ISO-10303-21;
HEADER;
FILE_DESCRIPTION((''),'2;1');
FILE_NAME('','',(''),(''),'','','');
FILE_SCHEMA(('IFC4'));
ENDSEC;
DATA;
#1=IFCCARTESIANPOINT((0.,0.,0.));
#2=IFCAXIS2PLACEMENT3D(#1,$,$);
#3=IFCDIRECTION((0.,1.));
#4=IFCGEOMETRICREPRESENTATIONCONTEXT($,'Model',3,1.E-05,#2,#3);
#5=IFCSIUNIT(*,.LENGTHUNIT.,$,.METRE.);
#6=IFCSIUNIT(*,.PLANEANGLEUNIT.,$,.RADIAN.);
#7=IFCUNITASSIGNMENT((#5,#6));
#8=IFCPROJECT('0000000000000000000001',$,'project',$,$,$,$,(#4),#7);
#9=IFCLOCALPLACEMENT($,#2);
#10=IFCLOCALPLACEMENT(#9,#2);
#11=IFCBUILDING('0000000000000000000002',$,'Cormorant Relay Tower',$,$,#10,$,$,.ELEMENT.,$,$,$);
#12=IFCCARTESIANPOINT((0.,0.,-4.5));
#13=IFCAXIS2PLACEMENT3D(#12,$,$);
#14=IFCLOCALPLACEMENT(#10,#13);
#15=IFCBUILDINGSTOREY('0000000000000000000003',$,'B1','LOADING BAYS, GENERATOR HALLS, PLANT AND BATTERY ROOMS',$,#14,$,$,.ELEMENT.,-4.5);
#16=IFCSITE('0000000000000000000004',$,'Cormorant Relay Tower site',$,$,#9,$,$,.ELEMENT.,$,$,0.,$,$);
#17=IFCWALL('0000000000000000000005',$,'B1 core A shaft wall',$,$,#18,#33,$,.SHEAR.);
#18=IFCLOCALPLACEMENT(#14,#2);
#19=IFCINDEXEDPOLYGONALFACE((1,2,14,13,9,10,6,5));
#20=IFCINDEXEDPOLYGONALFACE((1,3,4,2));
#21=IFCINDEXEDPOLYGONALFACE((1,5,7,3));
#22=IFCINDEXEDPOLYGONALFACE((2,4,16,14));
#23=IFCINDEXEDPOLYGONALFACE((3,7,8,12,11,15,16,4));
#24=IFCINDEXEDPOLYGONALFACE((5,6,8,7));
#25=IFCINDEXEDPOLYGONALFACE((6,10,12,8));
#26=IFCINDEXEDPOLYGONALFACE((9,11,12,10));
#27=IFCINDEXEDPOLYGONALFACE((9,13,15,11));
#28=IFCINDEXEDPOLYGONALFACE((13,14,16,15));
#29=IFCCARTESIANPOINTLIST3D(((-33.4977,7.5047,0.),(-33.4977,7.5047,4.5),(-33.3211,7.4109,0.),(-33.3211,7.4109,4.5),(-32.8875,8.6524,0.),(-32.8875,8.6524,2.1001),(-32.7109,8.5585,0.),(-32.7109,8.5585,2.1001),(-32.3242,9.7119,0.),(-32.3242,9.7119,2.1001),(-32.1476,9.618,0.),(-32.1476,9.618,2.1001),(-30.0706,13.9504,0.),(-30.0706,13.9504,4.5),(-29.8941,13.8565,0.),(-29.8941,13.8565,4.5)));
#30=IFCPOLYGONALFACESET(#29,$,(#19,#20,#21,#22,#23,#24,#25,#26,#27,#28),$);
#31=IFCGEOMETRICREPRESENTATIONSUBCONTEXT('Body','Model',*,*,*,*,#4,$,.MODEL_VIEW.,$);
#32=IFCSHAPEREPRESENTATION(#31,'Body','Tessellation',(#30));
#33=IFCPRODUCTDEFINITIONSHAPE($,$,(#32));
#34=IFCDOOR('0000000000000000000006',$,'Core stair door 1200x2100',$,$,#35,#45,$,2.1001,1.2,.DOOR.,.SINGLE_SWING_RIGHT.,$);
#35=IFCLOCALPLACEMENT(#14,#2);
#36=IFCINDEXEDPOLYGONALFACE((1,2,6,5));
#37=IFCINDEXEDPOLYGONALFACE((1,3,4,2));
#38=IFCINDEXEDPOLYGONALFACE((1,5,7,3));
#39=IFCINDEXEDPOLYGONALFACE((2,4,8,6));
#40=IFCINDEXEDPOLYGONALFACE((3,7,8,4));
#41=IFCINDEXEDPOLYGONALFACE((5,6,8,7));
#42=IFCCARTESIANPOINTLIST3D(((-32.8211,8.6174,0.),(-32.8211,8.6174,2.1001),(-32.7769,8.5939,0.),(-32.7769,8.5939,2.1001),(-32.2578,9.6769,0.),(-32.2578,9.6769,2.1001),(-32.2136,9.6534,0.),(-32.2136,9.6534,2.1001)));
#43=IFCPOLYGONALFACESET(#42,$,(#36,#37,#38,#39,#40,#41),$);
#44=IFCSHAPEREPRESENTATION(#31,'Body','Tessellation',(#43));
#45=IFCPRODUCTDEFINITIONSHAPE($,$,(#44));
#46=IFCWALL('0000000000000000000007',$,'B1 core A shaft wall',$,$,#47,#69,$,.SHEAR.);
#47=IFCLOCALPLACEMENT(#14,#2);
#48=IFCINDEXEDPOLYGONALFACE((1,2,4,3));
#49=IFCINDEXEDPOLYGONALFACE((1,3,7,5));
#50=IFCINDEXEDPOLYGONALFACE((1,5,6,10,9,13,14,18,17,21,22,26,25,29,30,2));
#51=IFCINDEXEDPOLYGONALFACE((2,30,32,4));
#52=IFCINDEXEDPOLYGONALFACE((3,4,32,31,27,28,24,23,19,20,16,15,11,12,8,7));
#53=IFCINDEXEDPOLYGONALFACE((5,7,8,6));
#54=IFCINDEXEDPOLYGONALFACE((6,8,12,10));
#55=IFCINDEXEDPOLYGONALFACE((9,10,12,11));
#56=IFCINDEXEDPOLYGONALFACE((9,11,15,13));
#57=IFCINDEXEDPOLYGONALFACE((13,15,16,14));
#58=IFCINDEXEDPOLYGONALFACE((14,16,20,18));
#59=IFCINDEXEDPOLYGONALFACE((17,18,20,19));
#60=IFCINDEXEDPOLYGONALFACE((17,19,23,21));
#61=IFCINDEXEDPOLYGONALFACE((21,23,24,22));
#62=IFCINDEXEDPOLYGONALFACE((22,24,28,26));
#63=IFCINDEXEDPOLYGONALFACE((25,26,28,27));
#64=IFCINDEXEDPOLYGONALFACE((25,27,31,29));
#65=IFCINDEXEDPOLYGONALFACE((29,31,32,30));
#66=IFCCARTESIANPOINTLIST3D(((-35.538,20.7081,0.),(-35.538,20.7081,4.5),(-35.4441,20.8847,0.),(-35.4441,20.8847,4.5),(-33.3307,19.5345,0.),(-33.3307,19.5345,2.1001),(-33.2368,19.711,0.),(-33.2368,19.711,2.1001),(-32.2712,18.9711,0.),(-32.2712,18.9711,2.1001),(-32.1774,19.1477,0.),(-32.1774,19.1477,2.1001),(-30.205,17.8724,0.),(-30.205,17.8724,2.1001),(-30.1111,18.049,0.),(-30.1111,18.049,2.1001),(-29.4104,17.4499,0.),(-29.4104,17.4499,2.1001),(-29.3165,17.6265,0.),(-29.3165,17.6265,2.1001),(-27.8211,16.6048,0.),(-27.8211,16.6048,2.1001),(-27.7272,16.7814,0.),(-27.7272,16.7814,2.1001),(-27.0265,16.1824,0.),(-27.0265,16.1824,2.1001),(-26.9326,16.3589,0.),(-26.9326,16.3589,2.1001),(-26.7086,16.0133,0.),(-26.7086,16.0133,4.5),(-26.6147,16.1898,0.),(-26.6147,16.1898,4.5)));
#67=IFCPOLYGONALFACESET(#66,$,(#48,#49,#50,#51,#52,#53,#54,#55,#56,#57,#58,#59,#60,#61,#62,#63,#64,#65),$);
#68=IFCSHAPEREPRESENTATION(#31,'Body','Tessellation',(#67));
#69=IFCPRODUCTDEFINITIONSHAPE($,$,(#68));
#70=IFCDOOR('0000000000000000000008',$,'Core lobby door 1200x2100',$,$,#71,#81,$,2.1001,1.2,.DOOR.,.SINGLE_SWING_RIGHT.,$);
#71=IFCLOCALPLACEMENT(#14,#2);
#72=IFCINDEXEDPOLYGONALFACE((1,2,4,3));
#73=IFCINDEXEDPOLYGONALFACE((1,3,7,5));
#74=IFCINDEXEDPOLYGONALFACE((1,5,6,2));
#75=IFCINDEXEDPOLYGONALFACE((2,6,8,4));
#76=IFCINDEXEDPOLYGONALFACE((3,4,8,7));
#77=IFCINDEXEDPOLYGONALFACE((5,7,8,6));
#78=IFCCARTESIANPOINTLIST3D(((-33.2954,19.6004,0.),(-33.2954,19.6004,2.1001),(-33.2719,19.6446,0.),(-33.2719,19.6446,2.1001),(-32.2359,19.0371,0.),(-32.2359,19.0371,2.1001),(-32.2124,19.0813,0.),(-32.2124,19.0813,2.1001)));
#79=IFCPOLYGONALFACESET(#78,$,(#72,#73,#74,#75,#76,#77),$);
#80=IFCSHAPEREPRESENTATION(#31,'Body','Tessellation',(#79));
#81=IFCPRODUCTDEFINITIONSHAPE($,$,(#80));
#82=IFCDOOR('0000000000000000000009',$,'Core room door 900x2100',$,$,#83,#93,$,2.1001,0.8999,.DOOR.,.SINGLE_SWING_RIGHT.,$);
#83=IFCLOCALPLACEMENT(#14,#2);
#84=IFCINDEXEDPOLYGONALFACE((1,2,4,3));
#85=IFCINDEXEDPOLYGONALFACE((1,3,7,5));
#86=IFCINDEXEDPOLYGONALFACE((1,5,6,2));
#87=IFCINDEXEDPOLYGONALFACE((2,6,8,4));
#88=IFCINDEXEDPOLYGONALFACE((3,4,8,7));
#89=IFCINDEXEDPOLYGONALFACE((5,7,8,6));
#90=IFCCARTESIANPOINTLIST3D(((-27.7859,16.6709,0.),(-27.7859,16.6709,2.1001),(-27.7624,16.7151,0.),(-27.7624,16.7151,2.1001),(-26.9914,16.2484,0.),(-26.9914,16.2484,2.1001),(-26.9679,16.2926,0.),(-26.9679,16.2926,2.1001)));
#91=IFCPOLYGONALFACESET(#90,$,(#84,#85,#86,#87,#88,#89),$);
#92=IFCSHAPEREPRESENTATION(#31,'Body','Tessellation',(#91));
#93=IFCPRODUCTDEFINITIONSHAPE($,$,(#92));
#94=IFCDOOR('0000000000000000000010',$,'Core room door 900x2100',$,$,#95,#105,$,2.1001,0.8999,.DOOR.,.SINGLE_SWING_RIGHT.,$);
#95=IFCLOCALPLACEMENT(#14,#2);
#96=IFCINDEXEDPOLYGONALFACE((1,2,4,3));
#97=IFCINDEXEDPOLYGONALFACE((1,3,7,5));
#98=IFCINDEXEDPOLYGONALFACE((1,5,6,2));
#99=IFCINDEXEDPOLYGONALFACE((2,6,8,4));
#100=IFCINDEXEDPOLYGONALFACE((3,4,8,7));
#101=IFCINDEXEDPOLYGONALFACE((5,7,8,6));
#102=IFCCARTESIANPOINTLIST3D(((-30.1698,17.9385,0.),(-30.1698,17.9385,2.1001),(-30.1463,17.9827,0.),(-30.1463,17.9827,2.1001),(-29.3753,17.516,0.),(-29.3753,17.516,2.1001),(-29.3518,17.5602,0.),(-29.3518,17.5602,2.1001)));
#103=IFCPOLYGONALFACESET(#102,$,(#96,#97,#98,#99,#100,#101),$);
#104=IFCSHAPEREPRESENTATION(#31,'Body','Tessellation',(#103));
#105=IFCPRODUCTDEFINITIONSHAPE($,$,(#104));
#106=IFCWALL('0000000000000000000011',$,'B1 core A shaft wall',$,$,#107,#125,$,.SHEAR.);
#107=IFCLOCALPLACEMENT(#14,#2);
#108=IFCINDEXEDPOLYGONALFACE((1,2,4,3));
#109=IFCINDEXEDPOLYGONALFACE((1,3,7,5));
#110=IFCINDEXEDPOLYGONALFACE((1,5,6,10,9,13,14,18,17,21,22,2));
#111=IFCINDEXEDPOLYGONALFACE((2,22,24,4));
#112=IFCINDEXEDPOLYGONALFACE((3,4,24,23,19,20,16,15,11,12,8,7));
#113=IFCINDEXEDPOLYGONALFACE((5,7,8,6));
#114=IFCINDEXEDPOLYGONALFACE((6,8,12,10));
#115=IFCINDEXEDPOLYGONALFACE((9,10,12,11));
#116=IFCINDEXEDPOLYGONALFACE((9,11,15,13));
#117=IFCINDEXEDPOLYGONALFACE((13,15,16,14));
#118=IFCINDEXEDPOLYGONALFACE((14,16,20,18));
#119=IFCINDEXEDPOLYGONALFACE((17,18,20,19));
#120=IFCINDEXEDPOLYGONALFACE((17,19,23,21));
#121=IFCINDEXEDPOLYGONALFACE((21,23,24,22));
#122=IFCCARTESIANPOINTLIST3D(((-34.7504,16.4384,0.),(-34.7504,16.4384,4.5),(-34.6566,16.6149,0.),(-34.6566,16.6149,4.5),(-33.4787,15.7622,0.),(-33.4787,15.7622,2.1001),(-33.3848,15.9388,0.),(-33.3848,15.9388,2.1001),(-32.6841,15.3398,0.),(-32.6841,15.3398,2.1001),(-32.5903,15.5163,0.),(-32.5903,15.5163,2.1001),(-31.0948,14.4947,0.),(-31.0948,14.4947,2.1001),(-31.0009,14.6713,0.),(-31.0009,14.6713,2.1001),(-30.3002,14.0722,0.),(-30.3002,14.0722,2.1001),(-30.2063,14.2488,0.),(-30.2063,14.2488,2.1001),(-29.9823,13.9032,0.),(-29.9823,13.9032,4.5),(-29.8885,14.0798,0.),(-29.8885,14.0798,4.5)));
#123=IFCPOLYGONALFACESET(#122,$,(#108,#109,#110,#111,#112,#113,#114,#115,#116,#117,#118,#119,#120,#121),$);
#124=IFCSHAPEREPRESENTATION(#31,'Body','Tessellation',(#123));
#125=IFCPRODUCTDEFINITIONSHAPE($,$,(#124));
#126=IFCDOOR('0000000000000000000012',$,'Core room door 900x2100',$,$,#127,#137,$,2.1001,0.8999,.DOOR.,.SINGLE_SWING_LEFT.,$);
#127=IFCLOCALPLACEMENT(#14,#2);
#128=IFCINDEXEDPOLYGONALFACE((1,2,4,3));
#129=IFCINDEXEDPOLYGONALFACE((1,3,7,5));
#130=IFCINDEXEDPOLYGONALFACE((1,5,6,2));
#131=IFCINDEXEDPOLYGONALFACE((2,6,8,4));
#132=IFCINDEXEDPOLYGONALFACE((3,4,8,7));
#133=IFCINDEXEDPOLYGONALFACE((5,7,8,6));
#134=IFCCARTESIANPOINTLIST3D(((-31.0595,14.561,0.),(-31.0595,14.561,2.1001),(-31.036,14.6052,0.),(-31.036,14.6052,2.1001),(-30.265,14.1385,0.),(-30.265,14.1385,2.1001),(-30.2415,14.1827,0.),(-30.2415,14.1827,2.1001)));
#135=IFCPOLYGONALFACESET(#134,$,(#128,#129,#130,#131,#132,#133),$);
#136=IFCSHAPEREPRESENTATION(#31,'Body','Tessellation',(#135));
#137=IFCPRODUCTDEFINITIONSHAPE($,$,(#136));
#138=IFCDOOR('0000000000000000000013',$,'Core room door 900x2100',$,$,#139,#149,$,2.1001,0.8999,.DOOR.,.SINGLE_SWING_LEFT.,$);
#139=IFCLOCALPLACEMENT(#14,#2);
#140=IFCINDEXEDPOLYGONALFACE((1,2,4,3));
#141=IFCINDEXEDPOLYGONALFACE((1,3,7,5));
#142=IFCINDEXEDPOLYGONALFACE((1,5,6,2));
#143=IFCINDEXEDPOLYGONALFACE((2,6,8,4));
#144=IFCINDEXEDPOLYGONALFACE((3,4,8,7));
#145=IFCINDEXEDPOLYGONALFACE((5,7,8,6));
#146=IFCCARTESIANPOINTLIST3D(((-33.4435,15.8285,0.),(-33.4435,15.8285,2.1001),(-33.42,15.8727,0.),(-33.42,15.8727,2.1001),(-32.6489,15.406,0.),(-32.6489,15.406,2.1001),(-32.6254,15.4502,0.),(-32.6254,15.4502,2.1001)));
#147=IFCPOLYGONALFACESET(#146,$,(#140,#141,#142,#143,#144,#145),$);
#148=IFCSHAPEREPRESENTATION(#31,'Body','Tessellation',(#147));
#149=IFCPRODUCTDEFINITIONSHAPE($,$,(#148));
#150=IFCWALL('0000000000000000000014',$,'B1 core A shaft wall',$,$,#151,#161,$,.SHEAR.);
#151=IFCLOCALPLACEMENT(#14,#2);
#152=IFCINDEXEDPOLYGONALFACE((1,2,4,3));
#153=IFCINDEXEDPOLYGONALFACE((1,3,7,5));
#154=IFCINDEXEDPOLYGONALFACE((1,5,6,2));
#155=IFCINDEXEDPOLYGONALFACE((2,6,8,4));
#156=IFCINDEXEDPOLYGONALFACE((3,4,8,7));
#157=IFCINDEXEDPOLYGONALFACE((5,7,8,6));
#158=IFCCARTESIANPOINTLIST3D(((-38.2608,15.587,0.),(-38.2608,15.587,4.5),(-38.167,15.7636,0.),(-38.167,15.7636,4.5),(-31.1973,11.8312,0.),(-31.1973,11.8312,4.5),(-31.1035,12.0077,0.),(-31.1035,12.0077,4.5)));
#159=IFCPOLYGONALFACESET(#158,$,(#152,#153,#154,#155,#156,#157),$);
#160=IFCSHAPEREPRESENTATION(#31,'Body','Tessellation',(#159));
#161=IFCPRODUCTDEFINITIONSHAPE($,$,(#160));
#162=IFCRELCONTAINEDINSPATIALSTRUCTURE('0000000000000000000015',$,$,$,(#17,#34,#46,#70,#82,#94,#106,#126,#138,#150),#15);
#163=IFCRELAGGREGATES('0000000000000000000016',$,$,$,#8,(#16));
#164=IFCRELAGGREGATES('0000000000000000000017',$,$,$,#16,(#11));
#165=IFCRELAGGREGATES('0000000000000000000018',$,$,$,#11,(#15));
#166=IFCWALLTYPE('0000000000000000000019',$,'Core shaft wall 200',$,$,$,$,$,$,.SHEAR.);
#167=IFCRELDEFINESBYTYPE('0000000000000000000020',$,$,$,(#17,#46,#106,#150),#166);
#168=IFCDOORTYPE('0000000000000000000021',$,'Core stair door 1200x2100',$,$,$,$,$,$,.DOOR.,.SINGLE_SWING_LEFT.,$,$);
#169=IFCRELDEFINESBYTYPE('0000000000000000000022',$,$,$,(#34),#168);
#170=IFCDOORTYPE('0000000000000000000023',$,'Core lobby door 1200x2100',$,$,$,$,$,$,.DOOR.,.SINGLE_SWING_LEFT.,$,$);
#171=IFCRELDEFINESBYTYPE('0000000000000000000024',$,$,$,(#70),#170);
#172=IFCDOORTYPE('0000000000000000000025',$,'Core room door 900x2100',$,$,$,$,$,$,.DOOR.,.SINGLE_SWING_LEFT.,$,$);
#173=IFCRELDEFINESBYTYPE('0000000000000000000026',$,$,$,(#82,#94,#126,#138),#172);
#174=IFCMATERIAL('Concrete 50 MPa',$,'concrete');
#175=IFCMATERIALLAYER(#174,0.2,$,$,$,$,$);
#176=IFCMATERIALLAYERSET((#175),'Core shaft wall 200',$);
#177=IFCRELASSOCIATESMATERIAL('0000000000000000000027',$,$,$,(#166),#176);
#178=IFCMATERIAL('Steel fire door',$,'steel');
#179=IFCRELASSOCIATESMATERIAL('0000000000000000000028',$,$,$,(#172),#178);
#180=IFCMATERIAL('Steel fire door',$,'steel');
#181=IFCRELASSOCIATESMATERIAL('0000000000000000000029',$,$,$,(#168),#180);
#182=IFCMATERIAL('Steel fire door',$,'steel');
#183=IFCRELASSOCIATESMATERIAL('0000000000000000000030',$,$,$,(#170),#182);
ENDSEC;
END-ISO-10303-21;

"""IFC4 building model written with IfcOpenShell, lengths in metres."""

from ifc_helpers import new_model, si_unit, direction, frame, frame_2d, origin, place, context, subcontext, project, spatial, rectangle, extrude, material, layer, layer_set, type_object, element, fill, save


model = new_model("IFC4")

# Units and contexts
model_context = context("Model", 3, precision=1e-05, world=origin(), true_north=direction((0.0, 1.0)))
body_context = subcontext(model_context, "Body", "Model", "MODEL_VIEW")
ifc_project = project(units=[si_unit("LENGTHUNIT", "METRE"), si_unit("PLANEANGLEUNIT", "RADIAN")], contexts=[model_context])

# Site, building, storey
site_placement = place(None, origin())
site = spatial("IfcSite", under=ifc_project, at=site_placement, Name="Cormorant Relay Tower site", CompositionType="ELEMENT", RefElevation=0.0)
building_placement = place(site_placement, origin())
building = spatial("IfcBuilding", under=site, at=building_placement, Name="Cormorant Relay Tower", CompositionType="ELEMENT")
storey_placement = place(building_placement, frame((0.0, 0.0, -4.5)))
storey = spatial("IfcBuildingStorey", under=building, at=storey_placement, Name="B1", Description="LOADING BAYS, GENERATOR HALLS, PLANT AND BATTERY ROOMS", CompositionType="ELEMENT", Elevation=-4.5)

# Shared definitions
ifc_material_1 = material(Name="Concrete 50 MPa", Category="concrete")
ifc_layer_1 = layer(ifc_material_1, 0.2)
ifc_layer_set_1 = layer_set([ifc_layer_1], Name="Core shaft wall 200")
wall_type_1 = type_object("IfcWallType", Name="Core shaft wall 200", PredefinedType="SHEAR", material=ifc_layer_set_1)
ifc_material_2 = material(Name="Steel fire door", Category="steel")
door_type_1 = type_object("IfcDoorType", Name="Core room door 900x2100", OperationType="SINGLE_SWING_LEFT", PredefinedType="DOOR", material=ifc_material_2)

# Wall, opening, door
wall_1_placement = place(storey_placement, frame((-29.9824, 13.9033, 0.0), z_axis=(0.0, 0.0, 1.0), x_axis=(-0.469454, -0.882957, 0.0)))
wall_1 = element("IfcWall", 1, at=wall_1_placement, inside=storey, type_object=wall_type_1, Name="B1 core A shaft wall", PredefinedType="SHEAR", context=body_context, shape_type="SweptSolid", body=[
    extrude(rectangle(XDim=7.3, YDim=0.2, at=frame_2d((3.6499, 0.0))), origin(), (0.0, 0.0, 1.0), 4.5),
])
opening_1_placement = place(wall_1_placement, frame((4.8, 0.0, 0.0)))
opening_1 = element("IfcOpeningElement", 2, at=opening_1_placement, cuts=wall_1, PredefinedType="OPENING", context=body_context, shape_type="SweptSolid", body=[
    extrude(rectangle(XDim=1.2, YDim=2.1001, at=frame_2d((0.6001, 1.05))), frame((0.0, 0.1099, 0.0), z_axis=(0.0, -1.0, 0.0), x_axis=(1.0, 0.0, 0.0)), (0.0, 0.0, 1.0), 0.22),
])
ifc_material_3 = material(Name="Steel fire door", Category="steel")
door_type_2 = type_object("IfcDoorType", Name="Core stair door 1200x2100", OperationType="SINGLE_SWING_LEFT", PredefinedType="DOOR", material=ifc_material_3)
door_1_placement = place(opening_1_placement, frame((1.2, 0.0, 0.0), z_axis=(0.0, 0.0, 1.0), x_axis=(-1.0, 0.0, 0.0)))
door_1 = element("IfcDoor", 3, at=door_1_placement, inside=storey, type_object=door_type_2, Name="Core stair door 1200x2100", OperationType="SINGLE_SWING_RIGHT", OverallHeight=2.1001, OverallWidth=1.2, PredefinedType="DOOR", context=body_context, shape_type="SweptSolid", body=[
    extrude(rectangle(XDim=1.2, YDim=2.1001, at=frame_2d((0.6001, 1.05))), frame((0.0, 0.0249, 0.0), z_axis=(0.0, -1.0, 0.0), x_axis=(1.0, 0.0, 0.0)), (0.0, 0.0, 1.0), 0.05),
])
fill(opening_1, door_1)

# Walls, openings, doors
wall_2_placement = place(storey_placement, frame((-26.6616, 16.1016, 0.0), z_axis=(0.0, 0.0, 1.0), x_axis=(-0.88294, 0.469485, 0.0)))
wall_2 = element("IfcWall", 4, at=wall_2_placement, inside=storey, type_object=wall_type_1, Name="B1 core A shaft wall", PredefinedType="SHEAR", context=body_context, shape_type="SweptSolid", body=[
    extrude(rectangle(XDim=10.0, YDim=0.2, at=frame_2d((5.0, 0.0))), origin(), (0.0, 0.0, 1.0), 4.5),
])
opening_2_placement = place(wall_2_placement, frame((6.3, 0.0, 0.0)))
opening_2 = element("IfcOpeningElement", 5, at=opening_2_placement, cuts=wall_2, PredefinedType="OPENING", context=body_context, shape_type="SweptSolid", body=[
    extrude(rectangle(XDim=1.2, YDim=2.1001, at=frame_2d((0.6001, 1.05))), frame((0.0, 0.1099, 0.0), z_axis=(0.0, -1.0, 0.0), x_axis=(1.0, 0.0, 0.0)), (0.0, 0.0, 1.0), 0.22),
])
opening_3_placement = place(wall_2_placement, frame((0.3601, 0.0, 0.0)))
opening_3 = element("IfcOpeningElement", 6, at=opening_3_placement, cuts=wall_2, PredefinedType="OPENING", context=body_context, shape_type="SweptSolid", body=[
    extrude(rectangle(XDim=0.8999, YDim=2.1001, at=frame_2d((0.45, 1.05))), frame((0.0, 0.1099, 0.0), z_axis=(0.0, -1.0, 0.0), x_axis=(1.0, 0.0, 0.0)), (0.0, 0.0, 1.0), 0.22),
])
opening_4_placement = place(wall_2_placement, frame((3.0601, 0.0, 0.0)))
opening_4 = element("IfcOpeningElement", 7, at=opening_4_placement, cuts=wall_2, PredefinedType="OPENING", context=body_context, shape_type="SweptSolid", body=[
    extrude(rectangle(XDim=0.8999, YDim=2.1001, at=frame_2d((0.45, 1.05))), frame((0.0, 0.1099, 0.0), z_axis=(0.0, -1.0, 0.0), x_axis=(1.0, 0.0, 0.0)), (0.0, 0.0, 1.0), 0.22),
])
ifc_material_4 = material(Name="Steel fire door", Category="steel")
door_type_3 = type_object("IfcDoorType", Name="Core lobby door 1200x2100", OperationType="SINGLE_SWING_LEFT", PredefinedType="DOOR", material=ifc_material_4)
door_2_placement = place(opening_2_placement, frame((1.2, 0.0, 0.0), z_axis=(0.0, 0.0, 1.0), x_axis=(-1.0, 0.0, 0.0)))
door_2 = element("IfcDoor", 8, at=door_2_placement, inside=storey, type_object=door_type_3, Name="Core lobby door 1200x2100", OperationType="SINGLE_SWING_RIGHT", OverallHeight=2.1001, OverallWidth=1.2, PredefinedType="DOOR", context=body_context, shape_type="SweptSolid", body=[
    extrude(rectangle(XDim=1.2, YDim=2.1001, at=frame_2d((0.6001, 1.05))), frame((0.0, 0.0249, 0.0), z_axis=(0.0, -1.0, 0.0), x_axis=(1.0, 0.0, 0.0)), (0.0, 0.0, 1.0), 0.05),
])
fill(opening_2, door_2)
door_3_placement = place(opening_3_placement, frame((0.8999, 0.0, 0.0), z_axis=(0.0, 0.0, 1.0), x_axis=(-1.0, 0.0, 0.0)))
door_3 = element("IfcDoor", 9, at=door_3_placement, inside=storey, type_object=door_type_1, Name="Core room door 900x2100", OperationType="SINGLE_SWING_RIGHT", OverallHeight=2.1001, OverallWidth=0.8999, PredefinedType="DOOR", context=body_context, shape_type="SweptSolid", body=[
    extrude(rectangle(XDim=0.8999, YDim=2.1001, at=frame_2d((0.45, 1.05))), frame((0.0, 0.0249, 0.0), z_axis=(0.0, -1.0, 0.0), x_axis=(1.0, 0.0, 0.0)), (0.0, 0.0, 1.0), 0.05),
])
fill(opening_3, door_3)
door_4_placement = place(opening_4_placement, frame((0.8999, 0.0, 0.0), z_axis=(0.0, 0.0, 1.0), x_axis=(-1.0, 0.0, 0.0)))
door_4 = element("IfcDoor", 10, at=door_4_placement, inside=storey, type_object=door_type_1, Name="Core room door 900x2100", OperationType="SINGLE_SWING_RIGHT", OverallHeight=2.1001, OverallWidth=0.8999, PredefinedType="DOOR", context=body_context, shape_type="SweptSolid", body=[
    extrude(rectangle(XDim=0.8999, YDim=2.1001, at=frame_2d((0.45, 1.05))), frame((0.0, 0.0249, 0.0), z_axis=(0.0, -1.0, 0.0), x_axis=(1.0, 0.0, 0.0)), (0.0, 0.0, 1.0), 0.05),
])
fill(opening_4, door_4)
wall_3_placement = place(storey_placement, frame((-29.9353, 13.9915, 0.0), z_axis=(0.0, 0.0, 1.0), x_axis=(-0.882953, 0.469462, 0.0)))
wall_3 = element("IfcWall", 11, at=wall_3_placement, inside=storey, type_object=wall_type_1, Name="B1 core A shaft wall", PredefinedType="SHEAR", context=body_context, shape_type="SweptSolid", body=[
    extrude(rectangle(XDim=5.4001, YDim=0.2, at=frame_2d((2.7002, 0.0))), origin(), (0.0, 0.0, 1.0), 4.5),
])
opening_5_placement = place(wall_3_placement, frame((0.3601, 0.0, 0.0)))
opening_5 = element("IfcOpeningElement", 12, at=opening_5_placement, cuts=wall_3, PredefinedType="OPENING", context=body_context, shape_type="SweptSolid", body=[
    extrude(rectangle(XDim=0.8999, YDim=2.1001, at=frame_2d((0.45, 1.05))), frame((0.0, 0.1099, 0.0), z_axis=(0.0, -1.0, 0.0), x_axis=(1.0, 0.0, 0.0)), (0.0, 0.0, 1.0), 0.22),
])
opening_6_placement = place(wall_3_placement, frame((3.0601, 0.0, 0.0)))
opening_6 = element("IfcOpeningElement", 13, at=opening_6_placement, cuts=wall_3, PredefinedType="OPENING", context=body_context, shape_type="SweptSolid", body=[
    extrude(rectangle(XDim=0.8999, YDim=2.1001, at=frame_2d((0.45, 1.05))), frame((0.0, 0.1099, 0.0), z_axis=(0.0, -1.0, 0.0), x_axis=(1.0, 0.0, 0.0)), (0.0, 0.0, 1.0), 0.22),
])
door_5_placement = place(opening_5_placement, origin())
door_5 = element("IfcDoor", 14, at=door_5_placement, inside=storey, type_object=door_type_1, Name="Core room door 900x2100", OperationType="SINGLE_SWING_LEFT", OverallHeight=2.1001, OverallWidth=0.8999, PredefinedType="DOOR", context=body_context, shape_type="SweptSolid", body=[
    extrude(rectangle(XDim=0.8999, YDim=2.1001, at=frame_2d((0.45, 1.05))), frame((0.0, 0.0249, 0.0), z_axis=(0.0, -1.0, 0.0), x_axis=(1.0, 0.0, 0.0)), (0.0, 0.0, 1.0), 0.05),
])
fill(opening_5, door_5)
door_6_placement = place(opening_6_placement, origin())
door_6 = element("IfcDoor", 15, at=door_6_placement, inside=storey, type_object=door_type_1, Name="Core room door 900x2100", OperationType="SINGLE_SWING_LEFT", OverallHeight=2.1001, OverallWidth=0.8999, PredefinedType="DOOR", context=body_context, shape_type="SweptSolid", body=[
    extrude(rectangle(XDim=0.8999, YDim=2.1001, at=frame_2d((0.45, 1.05))), frame((0.0, 0.0249, 0.0), z_axis=(0.0, -1.0, 0.0), x_axis=(1.0, 0.0, 0.0)), (0.0, 0.0, 1.0), 0.05),
])
fill(opening_6, door_6)

# Wall
for number, where, z_axis, x_axis, name in (
    (16, (-31.1504, 11.9194, 0.0), (0.0, 0.0, 1.0), (-0.88294, 0.469485, 0.0), "B1 core A shaft wall"),
):
    element("IfcWall", number, at=place(storey_placement, frame(where, z_axis=z_axis, x_axis=x_axis)), inside=storey, type_object=wall_type_1, Name=name, PredefinedType="SHEAR", context=body_context, shape_type="SweptSolid", body=[
        extrude(rectangle(XDim=8.0, YDim=0.2, at=frame_2d((4.0, 0.0))), origin(), (0.0, 0.0, 1.0), 4.5),
    ])

save(model, "model.ifc")
